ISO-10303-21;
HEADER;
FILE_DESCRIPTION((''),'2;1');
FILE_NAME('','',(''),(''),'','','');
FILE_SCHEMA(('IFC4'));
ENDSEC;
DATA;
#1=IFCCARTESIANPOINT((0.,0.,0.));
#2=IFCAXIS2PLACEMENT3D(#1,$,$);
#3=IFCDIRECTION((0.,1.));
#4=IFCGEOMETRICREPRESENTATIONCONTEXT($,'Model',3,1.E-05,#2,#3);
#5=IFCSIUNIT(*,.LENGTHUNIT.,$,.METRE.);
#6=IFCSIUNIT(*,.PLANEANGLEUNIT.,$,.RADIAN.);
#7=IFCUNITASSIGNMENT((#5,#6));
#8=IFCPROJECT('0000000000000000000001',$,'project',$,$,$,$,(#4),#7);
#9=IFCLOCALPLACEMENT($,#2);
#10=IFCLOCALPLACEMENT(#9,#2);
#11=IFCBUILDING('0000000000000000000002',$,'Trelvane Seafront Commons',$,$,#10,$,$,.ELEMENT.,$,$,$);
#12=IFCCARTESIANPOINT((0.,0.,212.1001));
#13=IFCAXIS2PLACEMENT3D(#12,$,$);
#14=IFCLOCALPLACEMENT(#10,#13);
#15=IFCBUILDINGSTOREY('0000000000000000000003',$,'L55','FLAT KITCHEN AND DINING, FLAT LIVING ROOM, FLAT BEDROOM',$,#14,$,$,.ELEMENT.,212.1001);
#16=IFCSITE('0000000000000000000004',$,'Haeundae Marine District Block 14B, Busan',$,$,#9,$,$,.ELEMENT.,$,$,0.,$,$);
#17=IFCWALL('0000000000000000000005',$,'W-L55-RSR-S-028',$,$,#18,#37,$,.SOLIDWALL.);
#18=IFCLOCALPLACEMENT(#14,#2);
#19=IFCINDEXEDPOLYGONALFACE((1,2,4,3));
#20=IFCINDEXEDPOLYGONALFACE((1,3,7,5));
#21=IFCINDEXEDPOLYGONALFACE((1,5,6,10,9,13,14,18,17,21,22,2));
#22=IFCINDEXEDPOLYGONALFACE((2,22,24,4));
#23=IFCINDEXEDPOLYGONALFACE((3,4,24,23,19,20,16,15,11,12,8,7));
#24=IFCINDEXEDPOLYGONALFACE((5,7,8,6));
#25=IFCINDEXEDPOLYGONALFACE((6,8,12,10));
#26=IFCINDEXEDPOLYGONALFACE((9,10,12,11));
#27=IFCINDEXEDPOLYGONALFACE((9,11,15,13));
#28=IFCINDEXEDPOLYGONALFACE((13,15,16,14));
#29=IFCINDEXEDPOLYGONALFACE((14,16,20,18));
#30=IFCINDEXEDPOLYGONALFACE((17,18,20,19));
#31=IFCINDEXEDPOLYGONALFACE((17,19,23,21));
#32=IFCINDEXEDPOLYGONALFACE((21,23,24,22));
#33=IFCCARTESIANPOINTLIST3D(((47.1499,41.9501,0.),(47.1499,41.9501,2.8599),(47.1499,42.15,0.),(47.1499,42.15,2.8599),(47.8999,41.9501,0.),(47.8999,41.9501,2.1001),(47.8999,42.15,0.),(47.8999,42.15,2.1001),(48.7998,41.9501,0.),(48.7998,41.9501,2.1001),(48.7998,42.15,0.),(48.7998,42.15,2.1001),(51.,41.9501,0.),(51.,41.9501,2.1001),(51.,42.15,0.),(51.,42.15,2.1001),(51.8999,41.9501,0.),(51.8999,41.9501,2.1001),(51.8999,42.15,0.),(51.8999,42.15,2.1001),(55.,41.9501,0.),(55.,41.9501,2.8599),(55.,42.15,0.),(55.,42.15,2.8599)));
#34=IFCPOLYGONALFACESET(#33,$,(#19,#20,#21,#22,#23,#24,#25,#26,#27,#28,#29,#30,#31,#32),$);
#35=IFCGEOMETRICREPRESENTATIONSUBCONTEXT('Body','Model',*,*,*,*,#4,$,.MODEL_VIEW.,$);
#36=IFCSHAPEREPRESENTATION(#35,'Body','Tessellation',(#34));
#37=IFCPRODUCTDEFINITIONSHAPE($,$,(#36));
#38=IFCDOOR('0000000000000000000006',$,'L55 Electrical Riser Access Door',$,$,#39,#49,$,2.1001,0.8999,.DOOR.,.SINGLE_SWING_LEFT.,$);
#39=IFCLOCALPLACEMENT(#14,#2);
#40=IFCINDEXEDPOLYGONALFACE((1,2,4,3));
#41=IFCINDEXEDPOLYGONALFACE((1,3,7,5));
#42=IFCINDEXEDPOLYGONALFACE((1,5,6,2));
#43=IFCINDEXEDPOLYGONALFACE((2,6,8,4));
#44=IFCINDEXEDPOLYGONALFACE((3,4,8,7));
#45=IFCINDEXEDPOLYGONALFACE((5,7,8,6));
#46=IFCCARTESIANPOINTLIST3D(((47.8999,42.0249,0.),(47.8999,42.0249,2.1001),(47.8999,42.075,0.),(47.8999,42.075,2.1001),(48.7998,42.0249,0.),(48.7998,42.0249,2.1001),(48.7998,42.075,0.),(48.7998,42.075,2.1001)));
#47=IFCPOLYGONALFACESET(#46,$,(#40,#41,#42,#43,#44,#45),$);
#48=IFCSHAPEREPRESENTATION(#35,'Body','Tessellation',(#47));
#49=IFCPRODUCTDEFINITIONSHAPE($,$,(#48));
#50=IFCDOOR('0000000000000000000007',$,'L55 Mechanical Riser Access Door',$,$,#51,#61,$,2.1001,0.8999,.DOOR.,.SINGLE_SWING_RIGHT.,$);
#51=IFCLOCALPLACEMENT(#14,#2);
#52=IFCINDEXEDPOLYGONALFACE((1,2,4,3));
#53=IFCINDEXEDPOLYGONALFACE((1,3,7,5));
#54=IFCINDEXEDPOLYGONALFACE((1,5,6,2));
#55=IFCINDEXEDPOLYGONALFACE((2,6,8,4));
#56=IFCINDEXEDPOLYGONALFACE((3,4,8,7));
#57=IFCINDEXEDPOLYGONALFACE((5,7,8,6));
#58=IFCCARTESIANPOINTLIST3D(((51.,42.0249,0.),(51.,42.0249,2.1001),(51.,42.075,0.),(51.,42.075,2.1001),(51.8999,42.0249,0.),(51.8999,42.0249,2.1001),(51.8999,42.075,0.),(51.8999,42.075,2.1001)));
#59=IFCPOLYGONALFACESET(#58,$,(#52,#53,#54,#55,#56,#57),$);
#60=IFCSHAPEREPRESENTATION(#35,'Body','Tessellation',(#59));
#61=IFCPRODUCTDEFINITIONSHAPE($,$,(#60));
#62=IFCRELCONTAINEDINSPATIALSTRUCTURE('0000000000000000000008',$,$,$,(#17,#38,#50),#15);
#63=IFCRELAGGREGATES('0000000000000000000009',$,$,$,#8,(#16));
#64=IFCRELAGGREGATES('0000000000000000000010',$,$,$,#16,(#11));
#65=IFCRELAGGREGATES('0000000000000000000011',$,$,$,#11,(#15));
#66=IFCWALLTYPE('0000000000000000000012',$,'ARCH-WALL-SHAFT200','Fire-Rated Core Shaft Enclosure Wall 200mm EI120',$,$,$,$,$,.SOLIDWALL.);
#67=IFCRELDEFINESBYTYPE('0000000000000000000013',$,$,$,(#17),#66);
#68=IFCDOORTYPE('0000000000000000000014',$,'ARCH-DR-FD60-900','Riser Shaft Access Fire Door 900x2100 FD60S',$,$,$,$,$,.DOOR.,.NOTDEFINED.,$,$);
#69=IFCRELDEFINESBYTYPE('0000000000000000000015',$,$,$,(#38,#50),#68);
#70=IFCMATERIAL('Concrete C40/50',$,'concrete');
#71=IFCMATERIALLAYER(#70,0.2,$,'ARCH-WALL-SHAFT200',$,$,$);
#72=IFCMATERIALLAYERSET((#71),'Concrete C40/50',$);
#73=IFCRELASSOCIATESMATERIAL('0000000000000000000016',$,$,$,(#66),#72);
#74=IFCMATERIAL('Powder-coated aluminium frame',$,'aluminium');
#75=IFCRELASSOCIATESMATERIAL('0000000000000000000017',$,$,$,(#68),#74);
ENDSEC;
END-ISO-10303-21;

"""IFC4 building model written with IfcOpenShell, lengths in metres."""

from ifc_helpers import new_model, si_unit, direction, frame, frame_2d, origin, place, context, subcontext, project, spatial, rectangle, extrude, source, transform, mapped, material, layer, layer_set, type_object, element, fill, save


model = new_model("IFC4")

# Units and contexts
model_context = context("Model", 3, precision=1e-05, world=origin(), true_north=direction((0.0, 1.0)))
body_context = subcontext(model_context, "Body", "Model", "MODEL_VIEW")
ifc_project = project(units=[si_unit("LENGTHUNIT", "METRE"), si_unit("PLANEANGLEUNIT", "RADIAN")], contexts=[model_context])

# Site, building, storey
site_placement = place(None, origin())
site = spatial("IfcSite", under=ifc_project, at=site_placement, Name="Haeundae Marine District Block 14B, Busan", CompositionType="ELEMENT", RefElevation=0.0)
building_placement = place(site_placement, origin())
building = spatial("IfcBuilding", under=site, at=building_placement, Name="Trelvane Seafront Commons", CompositionType="ELEMENT")
storey_placement = place(building_placement, frame((0.0, 0.0, 212.1001)))
storey = spatial("IfcBuildingStorey", under=building, at=storey_placement, Name="L55", Description="FLAT KITCHEN AND DINING, FLAT LIVING ROOM, FLAT BEDROOM", CompositionType="ELEMENT", Elevation=212.1001)

# Wall, openings, doors
ifc_material_1 = material(Name="Concrete C40/50", Category="concrete")
ifc_layer_1 = layer(ifc_material_1, 0.2, Name="ARCH-WALL-SHAFT200")
ifc_layer_set_1 = layer_set([ifc_layer_1], Name="Concrete C40/50")
wall_type_1 = type_object("IfcWallType", Name="ARCH-WALL-SHAFT200", Description="Fire-Rated Core Shaft Enclosure Wall 200mm EI120", PredefinedType="SOLIDWALL", material=ifc_layer_set_1)
wall_1_placement = place(storey_placement, frame((47.1499, 42.05, 0.0), z_axis=(0.0, 0.0, 1.0), x_axis=(1.0, 0.0, 0.0)))
wall_1 = element("IfcWall", 1, at=wall_1_placement, inside=storey, type_object=wall_type_1, Name="W-L55-RSR-S-028", PredefinedType="SOLIDWALL", context=body_context, shape_type="SweptSolid", body=[
    extrude(rectangle(XDim=7.8501, YDim=0.2, at=frame_2d((3.925, 0.0))), origin(), (0.0, 0.0, 1.0), 2.8599),
])
opening_1_placement = place(wall_1_placement, frame((0.75, 0.0, 0.0)))
opening_1 = element("IfcOpeningElement", 2, at=opening_1_placement, cuts=wall_1, PredefinedType="OPENING", context=body_context, shape_type="SweptSolid", body=[
    extrude(rectangle(XDim=0.8999, YDim=2.1001, at=frame_2d((0.45, 1.05))), frame((0.0, 0.1099, 0.0), z_axis=(0.0, -1.0, 0.0), x_axis=(1.0, 0.0, 0.0)), (0.0, 0.0, 1.0), 0.22),
])
opening_2_placement = place(wall_1_placement, frame((3.8501, 0.0, 0.0)))
opening_2 = element("IfcOpeningElement", 3, at=opening_2_placement, cuts=wall_1, PredefinedType="OPENING", context=body_context, shape_type="SweptSolid", body=[
    extrude(rectangle(XDim=0.8999, YDim=2.1001, at=frame_2d((0.45, 1.05))), frame((0.0, 0.1099, 0.0), z_axis=(0.0, -1.0, 0.0), x_axis=(1.0, 0.0, 0.0)), (0.0, 0.0, 1.0), 0.22),
])
ifc_material_2 = material(Name="Powder-coated aluminium frame", Category="aluminium")
door_type = type_object("IfcDoorType", Name="ARCH-DR-FD60-900", Description="Riser Shaft Access Fire Door 900x2100 FD60S", OperationType="NOTDEFINED", PredefinedType="DOOR", material=ifc_material_2)
shared_shape_1 = source(origin(), body_context, "Body", "SweptSolid", [
    extrude(rectangle(XDim=0.8999, YDim=2.1001, at=frame_2d((0.45, 1.05))), frame((0.0, 0.0249, 0.0), z_axis=(0.0, -1.0, 0.0), x_axis=(1.0, 0.0, 0.0)), (0.0, 0.0, 1.0), 0.05),
])
door_1_placement = place(opening_1_placement, origin())
door_1 = element("IfcDoor", 4, at=door_1_placement, inside=storey, type_object=door_type, Name="L55 Electrical Riser Access Door", OperationType="SINGLE_SWING_LEFT", OverallHeight=2.1001, OverallWidth=0.8999, PredefinedType="DOOR", context=body_context, shape_type="MappedRepresentation", body=[
    mapped(shared_shape_1, transform((0.0, 0.0, 0.0), x_axis=(1.0, 0.0, 0.0), y_axis=(0.0, 1.0, 0.0), z_axis=(0.0, 0.0, 1.0), scale=1.0)),
])
fill(opening_1, door_1)
door_2_placement = place(opening_2_placement, origin())
door_2 = element("IfcDoor", 5, at=door_2_placement, inside=storey, type_object=door_type, Name="L55 Mechanical Riser Access Door", OperationType="SINGLE_SWING_RIGHT", OverallHeight=2.1001, OverallWidth=0.8999, PredefinedType="DOOR", context=body_context, shape_type="MappedRepresentation", body=[
    mapped(shared_shape_1, transform((0.0, 0.0, 0.0), x_axis=(1.0, 0.0, 0.0), y_axis=(0.0, 1.0, 0.0), z_axis=(0.0, 0.0, 1.0), scale=1.0)),
])
fill(opening_2, door_2)

save(model, "model.ifc")
